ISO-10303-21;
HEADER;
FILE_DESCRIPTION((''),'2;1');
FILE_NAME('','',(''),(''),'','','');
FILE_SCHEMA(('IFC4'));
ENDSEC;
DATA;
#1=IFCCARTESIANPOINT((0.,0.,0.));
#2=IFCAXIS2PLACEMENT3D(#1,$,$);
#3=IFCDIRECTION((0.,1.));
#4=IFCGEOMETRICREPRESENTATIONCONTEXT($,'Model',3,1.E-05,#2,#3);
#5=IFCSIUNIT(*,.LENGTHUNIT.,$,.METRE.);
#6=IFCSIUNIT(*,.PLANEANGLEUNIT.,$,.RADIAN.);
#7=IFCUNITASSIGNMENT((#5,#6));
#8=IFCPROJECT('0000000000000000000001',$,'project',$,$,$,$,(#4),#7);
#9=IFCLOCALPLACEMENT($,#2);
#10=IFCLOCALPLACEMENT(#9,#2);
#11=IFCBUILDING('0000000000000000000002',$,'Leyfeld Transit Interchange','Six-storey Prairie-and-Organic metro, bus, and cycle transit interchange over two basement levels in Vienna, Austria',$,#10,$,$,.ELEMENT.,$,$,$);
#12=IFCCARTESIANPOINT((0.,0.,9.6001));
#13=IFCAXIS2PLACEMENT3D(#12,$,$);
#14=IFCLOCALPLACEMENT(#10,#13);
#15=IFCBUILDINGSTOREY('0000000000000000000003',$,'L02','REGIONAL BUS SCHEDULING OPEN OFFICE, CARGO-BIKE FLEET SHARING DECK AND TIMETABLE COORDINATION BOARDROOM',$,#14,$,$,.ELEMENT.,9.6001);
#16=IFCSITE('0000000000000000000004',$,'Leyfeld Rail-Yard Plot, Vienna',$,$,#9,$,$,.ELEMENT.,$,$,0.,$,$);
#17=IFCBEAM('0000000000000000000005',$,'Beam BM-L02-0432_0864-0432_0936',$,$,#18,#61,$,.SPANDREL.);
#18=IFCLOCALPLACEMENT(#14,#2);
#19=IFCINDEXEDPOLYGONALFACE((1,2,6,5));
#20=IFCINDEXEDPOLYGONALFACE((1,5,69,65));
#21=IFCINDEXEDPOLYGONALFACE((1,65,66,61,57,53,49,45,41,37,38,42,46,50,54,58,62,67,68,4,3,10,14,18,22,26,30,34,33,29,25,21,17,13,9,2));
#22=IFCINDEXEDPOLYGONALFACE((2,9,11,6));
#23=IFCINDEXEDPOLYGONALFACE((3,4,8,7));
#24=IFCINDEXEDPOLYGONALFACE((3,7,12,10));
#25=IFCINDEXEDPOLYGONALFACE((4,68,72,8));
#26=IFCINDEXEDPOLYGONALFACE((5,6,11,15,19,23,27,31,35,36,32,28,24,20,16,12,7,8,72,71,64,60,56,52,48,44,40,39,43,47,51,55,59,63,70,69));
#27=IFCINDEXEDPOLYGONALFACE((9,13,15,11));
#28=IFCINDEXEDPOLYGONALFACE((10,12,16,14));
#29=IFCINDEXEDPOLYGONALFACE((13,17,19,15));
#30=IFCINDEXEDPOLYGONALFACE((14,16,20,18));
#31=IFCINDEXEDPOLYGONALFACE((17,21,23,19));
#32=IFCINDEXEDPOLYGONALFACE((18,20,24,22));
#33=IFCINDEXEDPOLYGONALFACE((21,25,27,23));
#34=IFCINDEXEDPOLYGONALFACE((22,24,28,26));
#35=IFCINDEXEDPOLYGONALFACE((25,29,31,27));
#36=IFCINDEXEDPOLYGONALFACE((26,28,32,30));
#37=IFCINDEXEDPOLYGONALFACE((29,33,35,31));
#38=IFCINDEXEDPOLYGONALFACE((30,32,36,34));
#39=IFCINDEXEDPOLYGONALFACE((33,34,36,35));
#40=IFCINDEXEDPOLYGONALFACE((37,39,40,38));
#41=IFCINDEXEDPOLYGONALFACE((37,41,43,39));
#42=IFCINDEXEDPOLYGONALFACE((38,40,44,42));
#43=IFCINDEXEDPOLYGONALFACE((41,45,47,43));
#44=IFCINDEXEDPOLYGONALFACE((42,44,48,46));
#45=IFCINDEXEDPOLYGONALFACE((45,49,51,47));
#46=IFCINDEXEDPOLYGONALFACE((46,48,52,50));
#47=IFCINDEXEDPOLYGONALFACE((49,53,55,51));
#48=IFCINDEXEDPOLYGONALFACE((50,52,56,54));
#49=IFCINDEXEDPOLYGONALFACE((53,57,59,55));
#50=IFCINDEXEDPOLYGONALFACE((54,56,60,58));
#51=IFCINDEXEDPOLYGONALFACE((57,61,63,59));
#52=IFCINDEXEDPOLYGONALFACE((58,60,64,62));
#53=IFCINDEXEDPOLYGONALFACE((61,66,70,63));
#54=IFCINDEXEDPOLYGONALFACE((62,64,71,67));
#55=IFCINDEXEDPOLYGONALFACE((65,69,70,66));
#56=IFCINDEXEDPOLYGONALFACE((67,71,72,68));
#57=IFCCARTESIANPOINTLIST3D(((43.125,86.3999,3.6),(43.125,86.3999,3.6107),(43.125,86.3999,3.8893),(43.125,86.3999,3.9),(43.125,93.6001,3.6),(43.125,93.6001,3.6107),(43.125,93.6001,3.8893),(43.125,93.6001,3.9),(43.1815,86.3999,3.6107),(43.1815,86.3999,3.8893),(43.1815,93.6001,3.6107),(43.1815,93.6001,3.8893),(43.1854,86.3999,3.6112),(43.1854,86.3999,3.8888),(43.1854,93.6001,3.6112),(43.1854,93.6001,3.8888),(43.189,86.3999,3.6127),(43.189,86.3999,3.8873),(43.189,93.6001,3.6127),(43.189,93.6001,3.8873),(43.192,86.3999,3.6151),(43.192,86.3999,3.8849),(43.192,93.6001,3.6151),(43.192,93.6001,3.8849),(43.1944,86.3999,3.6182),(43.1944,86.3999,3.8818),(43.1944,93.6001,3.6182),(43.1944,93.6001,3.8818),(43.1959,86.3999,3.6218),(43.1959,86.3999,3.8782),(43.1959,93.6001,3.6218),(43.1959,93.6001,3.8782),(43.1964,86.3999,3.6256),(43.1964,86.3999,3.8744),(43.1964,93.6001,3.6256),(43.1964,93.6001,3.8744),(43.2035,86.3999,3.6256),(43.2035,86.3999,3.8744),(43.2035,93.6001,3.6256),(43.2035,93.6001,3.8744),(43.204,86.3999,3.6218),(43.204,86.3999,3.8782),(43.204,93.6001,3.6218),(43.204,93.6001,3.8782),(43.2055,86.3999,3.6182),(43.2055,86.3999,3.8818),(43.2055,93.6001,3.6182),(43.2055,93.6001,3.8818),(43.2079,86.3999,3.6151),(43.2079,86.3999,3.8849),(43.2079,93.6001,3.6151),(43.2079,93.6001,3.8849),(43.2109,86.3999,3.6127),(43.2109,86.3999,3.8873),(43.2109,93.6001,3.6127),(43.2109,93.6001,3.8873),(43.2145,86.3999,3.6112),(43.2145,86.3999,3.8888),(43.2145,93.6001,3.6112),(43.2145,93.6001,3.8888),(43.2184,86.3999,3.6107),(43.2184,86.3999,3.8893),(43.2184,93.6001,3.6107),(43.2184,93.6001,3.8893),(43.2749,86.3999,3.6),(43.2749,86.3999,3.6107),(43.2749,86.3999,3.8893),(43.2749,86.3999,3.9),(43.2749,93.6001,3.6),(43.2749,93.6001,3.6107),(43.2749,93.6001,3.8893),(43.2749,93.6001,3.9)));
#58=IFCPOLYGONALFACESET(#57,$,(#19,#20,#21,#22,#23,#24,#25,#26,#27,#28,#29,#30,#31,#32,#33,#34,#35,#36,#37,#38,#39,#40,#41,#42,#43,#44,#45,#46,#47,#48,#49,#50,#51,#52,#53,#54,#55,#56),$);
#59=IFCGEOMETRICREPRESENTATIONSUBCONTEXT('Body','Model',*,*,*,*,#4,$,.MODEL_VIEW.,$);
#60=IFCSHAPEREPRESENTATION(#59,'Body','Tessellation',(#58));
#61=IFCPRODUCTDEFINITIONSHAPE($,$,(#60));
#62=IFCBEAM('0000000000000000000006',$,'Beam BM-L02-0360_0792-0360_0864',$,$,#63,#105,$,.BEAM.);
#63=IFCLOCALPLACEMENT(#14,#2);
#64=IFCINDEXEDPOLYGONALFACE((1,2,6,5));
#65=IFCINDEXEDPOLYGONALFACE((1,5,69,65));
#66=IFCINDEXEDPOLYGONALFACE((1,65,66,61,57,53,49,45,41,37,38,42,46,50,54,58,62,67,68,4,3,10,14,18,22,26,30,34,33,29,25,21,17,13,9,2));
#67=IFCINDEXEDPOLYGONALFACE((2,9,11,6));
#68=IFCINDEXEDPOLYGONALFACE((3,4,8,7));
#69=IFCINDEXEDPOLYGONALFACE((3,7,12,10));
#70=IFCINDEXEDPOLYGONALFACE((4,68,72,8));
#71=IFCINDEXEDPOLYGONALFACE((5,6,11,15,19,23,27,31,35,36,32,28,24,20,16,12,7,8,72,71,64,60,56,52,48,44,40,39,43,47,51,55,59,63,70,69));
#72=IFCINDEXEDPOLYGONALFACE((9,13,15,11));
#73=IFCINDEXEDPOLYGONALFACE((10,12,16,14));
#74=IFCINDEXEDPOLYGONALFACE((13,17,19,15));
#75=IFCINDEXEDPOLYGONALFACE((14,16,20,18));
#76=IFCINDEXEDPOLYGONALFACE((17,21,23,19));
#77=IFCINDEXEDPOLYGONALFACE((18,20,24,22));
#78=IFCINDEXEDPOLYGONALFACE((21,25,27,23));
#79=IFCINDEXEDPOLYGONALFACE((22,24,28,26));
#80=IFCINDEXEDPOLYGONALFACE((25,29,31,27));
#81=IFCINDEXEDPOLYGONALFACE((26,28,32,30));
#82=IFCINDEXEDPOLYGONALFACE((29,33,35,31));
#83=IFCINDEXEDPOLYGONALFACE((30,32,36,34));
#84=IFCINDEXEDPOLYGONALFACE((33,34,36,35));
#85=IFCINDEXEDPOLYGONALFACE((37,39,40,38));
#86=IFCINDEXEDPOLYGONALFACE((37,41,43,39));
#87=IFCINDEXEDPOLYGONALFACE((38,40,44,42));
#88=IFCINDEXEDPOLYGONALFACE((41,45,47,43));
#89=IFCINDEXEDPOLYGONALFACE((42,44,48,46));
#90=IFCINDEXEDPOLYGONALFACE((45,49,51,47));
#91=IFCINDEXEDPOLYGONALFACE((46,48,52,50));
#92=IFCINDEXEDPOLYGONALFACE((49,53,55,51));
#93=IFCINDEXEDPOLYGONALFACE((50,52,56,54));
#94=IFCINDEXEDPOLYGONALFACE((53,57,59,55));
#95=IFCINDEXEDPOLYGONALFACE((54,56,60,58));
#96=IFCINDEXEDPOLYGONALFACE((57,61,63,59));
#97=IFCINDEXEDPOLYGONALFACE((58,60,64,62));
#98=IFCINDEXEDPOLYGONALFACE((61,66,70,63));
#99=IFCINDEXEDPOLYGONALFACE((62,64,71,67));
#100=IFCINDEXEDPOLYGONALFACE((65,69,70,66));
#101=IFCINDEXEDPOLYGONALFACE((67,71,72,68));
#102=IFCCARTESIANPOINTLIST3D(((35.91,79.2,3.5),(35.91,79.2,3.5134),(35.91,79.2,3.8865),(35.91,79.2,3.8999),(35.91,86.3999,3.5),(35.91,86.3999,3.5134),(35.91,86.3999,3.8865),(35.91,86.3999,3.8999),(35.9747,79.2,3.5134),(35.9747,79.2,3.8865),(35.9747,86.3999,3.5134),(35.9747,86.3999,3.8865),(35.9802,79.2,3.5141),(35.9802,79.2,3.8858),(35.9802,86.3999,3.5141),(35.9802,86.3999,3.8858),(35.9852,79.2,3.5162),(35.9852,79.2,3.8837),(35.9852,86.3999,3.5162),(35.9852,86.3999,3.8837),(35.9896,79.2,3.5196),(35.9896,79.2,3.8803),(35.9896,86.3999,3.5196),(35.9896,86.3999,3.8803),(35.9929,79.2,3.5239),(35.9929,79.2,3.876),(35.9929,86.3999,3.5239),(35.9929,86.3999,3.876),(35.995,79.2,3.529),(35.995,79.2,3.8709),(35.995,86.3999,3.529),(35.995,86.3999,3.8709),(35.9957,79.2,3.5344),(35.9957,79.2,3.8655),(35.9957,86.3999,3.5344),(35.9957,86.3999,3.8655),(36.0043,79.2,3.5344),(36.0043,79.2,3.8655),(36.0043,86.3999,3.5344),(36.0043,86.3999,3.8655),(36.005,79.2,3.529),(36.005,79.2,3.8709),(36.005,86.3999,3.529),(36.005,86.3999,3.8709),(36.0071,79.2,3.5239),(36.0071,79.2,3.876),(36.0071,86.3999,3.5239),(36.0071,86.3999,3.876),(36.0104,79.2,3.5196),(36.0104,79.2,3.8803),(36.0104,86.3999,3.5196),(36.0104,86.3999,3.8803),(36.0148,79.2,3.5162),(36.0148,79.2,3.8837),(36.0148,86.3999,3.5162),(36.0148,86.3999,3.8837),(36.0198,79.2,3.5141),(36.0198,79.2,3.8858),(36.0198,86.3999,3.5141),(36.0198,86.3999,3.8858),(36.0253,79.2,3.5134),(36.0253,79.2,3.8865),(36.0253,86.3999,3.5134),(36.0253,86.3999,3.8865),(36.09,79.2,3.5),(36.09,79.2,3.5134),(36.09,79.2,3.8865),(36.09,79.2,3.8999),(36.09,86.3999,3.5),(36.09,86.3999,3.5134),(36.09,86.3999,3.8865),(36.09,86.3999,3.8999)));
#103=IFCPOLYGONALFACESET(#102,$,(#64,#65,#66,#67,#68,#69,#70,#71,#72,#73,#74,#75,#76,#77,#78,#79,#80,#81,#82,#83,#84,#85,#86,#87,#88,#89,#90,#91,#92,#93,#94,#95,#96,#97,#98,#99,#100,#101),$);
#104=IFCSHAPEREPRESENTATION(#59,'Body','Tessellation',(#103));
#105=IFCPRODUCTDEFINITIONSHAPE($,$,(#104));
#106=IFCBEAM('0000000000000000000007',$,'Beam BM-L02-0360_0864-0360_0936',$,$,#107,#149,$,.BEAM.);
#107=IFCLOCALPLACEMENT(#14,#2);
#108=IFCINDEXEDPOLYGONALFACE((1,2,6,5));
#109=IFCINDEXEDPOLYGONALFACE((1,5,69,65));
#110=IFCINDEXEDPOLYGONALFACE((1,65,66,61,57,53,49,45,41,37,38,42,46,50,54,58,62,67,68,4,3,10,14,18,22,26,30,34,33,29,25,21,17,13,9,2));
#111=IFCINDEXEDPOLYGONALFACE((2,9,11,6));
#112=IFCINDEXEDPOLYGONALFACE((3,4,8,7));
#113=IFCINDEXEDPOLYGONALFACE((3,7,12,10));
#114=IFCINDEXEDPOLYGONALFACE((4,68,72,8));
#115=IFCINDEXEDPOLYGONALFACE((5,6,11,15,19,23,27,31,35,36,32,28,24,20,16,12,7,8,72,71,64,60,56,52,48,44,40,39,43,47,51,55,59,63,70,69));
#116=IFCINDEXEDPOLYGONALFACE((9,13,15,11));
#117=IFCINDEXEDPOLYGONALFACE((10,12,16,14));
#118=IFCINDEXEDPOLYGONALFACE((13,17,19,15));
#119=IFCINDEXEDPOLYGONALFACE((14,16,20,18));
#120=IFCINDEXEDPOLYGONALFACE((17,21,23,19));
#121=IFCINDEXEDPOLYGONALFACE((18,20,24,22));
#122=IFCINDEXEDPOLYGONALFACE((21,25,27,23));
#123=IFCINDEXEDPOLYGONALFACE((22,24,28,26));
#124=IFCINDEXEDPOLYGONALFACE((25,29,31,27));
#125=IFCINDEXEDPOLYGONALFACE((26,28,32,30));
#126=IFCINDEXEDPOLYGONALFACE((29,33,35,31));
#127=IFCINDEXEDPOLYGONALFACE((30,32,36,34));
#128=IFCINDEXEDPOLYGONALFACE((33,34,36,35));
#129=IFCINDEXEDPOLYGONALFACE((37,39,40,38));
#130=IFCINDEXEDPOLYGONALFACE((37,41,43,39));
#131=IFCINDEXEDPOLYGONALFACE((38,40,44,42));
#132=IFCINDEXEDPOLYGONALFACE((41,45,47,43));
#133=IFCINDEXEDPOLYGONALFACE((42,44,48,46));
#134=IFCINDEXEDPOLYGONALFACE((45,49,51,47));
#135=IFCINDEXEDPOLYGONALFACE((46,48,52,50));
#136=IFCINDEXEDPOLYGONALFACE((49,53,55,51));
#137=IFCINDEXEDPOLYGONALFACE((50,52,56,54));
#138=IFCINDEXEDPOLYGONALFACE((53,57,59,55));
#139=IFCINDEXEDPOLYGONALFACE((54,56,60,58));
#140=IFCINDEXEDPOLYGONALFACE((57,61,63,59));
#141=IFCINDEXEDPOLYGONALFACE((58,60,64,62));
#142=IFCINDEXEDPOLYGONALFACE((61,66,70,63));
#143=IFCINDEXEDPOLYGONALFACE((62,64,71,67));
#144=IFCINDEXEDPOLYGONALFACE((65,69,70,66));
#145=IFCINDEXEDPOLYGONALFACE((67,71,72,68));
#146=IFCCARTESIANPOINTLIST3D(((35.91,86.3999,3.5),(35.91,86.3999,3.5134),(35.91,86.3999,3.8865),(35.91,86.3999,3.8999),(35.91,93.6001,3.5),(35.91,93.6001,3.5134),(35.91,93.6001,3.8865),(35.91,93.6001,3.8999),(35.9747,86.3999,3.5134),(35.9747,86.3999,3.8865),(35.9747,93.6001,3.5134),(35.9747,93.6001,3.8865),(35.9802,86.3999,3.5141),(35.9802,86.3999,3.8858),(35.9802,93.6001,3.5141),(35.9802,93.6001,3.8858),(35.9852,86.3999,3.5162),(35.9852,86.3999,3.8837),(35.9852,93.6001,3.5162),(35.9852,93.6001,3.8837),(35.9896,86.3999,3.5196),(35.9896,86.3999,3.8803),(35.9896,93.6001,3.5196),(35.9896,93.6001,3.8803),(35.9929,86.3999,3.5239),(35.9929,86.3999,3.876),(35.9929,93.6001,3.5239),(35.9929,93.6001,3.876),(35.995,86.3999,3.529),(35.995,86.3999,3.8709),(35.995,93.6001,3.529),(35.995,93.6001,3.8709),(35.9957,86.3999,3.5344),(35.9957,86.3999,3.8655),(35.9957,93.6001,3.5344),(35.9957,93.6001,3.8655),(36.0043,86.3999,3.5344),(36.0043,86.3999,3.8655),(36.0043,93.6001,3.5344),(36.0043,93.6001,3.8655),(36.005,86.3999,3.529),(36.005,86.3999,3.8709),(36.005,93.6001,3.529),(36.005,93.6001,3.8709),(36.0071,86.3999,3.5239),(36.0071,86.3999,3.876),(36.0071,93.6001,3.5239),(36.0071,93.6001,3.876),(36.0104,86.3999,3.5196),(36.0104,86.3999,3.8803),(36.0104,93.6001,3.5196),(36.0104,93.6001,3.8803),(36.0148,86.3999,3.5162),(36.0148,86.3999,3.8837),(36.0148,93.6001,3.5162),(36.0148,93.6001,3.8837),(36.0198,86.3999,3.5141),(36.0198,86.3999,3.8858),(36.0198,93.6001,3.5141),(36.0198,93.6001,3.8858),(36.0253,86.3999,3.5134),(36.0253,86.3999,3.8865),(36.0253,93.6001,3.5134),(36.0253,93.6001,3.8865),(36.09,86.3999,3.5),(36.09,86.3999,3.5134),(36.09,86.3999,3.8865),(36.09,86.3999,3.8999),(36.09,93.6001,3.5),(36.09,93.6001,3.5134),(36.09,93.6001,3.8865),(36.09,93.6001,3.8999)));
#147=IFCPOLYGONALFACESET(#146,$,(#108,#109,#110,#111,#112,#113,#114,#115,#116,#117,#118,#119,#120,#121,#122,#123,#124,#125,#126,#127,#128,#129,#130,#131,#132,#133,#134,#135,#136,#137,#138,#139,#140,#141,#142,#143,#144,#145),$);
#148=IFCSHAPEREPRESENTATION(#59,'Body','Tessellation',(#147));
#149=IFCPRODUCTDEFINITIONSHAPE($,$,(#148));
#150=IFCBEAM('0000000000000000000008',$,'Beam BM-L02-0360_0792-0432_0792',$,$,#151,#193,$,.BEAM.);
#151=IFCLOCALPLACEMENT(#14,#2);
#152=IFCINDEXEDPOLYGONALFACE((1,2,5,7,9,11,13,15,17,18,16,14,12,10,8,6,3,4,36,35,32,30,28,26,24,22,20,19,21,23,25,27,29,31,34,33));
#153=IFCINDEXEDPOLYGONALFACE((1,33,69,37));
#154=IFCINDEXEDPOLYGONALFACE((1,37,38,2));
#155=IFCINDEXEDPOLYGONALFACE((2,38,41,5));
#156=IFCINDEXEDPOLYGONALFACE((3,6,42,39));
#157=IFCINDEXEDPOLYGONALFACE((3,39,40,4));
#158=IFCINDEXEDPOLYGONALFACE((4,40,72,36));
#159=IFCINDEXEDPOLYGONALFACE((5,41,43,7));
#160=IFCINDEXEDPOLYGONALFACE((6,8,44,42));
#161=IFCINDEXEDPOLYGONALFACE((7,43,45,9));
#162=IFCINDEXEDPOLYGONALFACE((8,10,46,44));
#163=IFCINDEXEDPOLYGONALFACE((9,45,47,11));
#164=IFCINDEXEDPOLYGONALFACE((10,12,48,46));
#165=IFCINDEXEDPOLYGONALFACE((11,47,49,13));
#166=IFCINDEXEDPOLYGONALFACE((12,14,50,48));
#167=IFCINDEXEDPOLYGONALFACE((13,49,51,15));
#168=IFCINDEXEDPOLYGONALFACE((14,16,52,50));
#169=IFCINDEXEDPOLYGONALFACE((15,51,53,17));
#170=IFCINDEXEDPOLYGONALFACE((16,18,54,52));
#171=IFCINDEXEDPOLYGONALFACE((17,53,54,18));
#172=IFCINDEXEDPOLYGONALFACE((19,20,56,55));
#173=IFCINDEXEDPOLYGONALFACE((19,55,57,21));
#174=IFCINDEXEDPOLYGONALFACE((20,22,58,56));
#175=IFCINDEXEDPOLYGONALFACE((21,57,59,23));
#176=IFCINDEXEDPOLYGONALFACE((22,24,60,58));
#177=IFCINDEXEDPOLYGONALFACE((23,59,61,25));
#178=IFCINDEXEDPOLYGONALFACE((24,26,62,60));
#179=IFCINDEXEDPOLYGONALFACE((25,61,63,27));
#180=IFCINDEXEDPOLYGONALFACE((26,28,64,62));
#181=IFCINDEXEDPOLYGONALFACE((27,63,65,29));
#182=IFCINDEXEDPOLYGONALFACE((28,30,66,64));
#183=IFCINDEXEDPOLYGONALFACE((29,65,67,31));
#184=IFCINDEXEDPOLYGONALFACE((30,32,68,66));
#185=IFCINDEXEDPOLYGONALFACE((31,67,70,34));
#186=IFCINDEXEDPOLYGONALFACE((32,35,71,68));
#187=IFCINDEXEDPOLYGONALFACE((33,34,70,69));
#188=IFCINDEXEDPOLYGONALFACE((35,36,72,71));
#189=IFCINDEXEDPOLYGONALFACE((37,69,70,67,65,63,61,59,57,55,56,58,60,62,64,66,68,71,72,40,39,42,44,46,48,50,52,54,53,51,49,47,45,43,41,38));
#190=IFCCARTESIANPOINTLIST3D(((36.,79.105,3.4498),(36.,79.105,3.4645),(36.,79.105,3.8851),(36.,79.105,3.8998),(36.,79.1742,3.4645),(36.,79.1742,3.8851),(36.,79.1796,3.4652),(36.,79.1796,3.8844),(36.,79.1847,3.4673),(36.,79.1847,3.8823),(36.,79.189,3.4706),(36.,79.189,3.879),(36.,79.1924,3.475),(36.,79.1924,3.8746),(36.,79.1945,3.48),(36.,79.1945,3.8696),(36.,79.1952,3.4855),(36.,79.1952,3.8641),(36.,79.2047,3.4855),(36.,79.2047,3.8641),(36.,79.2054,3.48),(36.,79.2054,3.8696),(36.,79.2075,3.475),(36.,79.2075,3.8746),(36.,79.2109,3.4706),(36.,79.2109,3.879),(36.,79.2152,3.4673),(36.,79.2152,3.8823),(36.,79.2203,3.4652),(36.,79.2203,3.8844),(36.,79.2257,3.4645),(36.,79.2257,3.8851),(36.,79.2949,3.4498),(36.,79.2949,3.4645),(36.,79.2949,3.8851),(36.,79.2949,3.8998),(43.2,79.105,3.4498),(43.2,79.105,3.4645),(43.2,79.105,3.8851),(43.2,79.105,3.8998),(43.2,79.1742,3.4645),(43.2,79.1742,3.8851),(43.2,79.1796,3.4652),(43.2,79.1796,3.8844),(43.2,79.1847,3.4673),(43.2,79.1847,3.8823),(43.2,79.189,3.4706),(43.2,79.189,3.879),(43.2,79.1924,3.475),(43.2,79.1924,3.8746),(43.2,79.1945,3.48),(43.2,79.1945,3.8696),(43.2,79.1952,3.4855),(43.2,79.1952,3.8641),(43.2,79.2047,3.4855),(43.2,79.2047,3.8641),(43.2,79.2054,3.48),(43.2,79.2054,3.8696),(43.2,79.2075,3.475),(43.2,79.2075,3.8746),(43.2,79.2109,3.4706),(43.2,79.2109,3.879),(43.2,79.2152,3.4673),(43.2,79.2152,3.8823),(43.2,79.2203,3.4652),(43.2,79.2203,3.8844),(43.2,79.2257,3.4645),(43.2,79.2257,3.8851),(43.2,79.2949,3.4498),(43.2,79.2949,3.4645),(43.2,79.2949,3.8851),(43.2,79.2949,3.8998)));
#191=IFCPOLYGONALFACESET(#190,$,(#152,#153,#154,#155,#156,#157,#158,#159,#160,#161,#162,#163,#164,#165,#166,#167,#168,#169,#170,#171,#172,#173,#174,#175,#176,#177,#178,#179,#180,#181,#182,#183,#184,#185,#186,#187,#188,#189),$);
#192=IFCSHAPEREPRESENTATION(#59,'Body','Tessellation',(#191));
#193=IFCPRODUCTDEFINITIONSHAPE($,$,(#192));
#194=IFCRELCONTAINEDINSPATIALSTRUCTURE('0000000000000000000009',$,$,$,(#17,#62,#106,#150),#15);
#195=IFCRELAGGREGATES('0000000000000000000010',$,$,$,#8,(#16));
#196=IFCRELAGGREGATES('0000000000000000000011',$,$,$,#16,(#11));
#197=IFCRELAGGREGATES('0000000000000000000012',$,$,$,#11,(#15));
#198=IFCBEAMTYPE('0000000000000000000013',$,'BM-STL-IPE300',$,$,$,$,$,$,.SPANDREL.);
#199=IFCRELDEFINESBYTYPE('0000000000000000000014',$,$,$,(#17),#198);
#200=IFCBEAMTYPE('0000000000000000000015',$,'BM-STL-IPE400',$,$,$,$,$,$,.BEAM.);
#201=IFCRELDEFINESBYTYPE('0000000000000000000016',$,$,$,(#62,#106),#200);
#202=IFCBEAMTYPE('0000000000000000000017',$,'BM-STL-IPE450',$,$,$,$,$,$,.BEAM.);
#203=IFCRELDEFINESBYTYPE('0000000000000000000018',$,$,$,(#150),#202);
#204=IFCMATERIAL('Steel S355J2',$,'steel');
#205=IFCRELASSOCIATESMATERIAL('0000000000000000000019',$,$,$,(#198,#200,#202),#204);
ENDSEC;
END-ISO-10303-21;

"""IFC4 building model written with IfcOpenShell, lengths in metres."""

from ifc_helpers import new_model, si_unit, direction, frame, origin, origin_2d, place, context, subcontext, project, spatial, i_section, extrude, material, material_profile, profile_set, type_object, element, save


model = new_model("IFC4")

# Units and contexts
model_context = context("Model", 3, precision=1e-05, world=origin(), true_north=direction((0.0, 1.0)))
body_context = subcontext(model_context, "Body", "Model", "MODEL_VIEW")
ifc_project = project(units=[si_unit("LENGTHUNIT", "METRE"), si_unit("PLANEANGLEUNIT", "RADIAN")], contexts=[model_context])

# Site, building, storey
site_placement = place(None, origin())
site = spatial("IfcSite", under=ifc_project, at=site_placement, Name="Leyfeld Rail-Yard Plot, Vienna", CompositionType="ELEMENT", RefElevation=0.0)
building_placement = place(site_placement, origin())
building = spatial("IfcBuilding", under=site, at=building_placement, Name="Leyfeld Transit Interchange", Description="Six-storey Prairie-and-Organic metro, bus, and cycle transit interchange over two basement levels in Vienna, Austria", CompositionType="ELEMENT")
storey_placement = place(building_placement, frame((0.0, 0.0, 9.6001)))
storey = spatial("IfcBuildingStorey", under=building, at=storey_placement, Name="L02", Description="REGIONAL BUS SCHEDULING OPEN OFFICE, CARGO-BIKE FLEET SHARING DECK AND TIMETABLE COORDINATION BOARDROOM", CompositionType="ELEMENT", Elevation=9.6001)

# Beams
ifc_material_1 = material(Name="Steel S355J2", Category="steel")
ifc_material_profile_1 = material_profile(ifc_material_1, i_section(OverallWidth=0.1499, OverallDepth=0.3, WebThickness=0.0071, FlangeThickness=0.0107, FilletRadius=0.0149, at=origin_2d()), Name="IPE 300")
ifc_profile_set_1 = profile_set([ifc_material_profile_1], Name="Steel S355J2")
beam_type_1 = type_object("IfcBeamType", Name="BM-STL-IPE300", PredefinedType="SPANDREL", material=ifc_profile_set_1)
beam_1_placement = place(storey_placement, frame((43.2, 86.3999, 3.75), z_axis=(0.0, 1.0, 0.0), x_axis=(-1.0, 0.0, 0.0)))
element("IfcBeam", 1, at=beam_1_placement, inside=storey, type_object=beam_type_1, Name="Beam BM-L02-0432_0864-0432_0936", PredefinedType="SPANDREL", context=body_context, shape_type="SweptSolid", body=[
    extrude(i_section(OverallWidth=0.1499, OverallDepth=0.3, WebThickness=0.0071, FlangeThickness=0.0107, FilletRadius=0.0149, at=origin_2d()), origin(), (0.0, 0.0, 1.0), 7.2002),
])
ifc_material_profile_2 = material_profile(ifc_material_1, i_section(OverallWidth=0.1799, OverallDepth=0.3999, WebThickness=0.0085, FlangeThickness=0.0134, FilletRadius=0.021, at=origin_2d()), Name="IPE 400")
ifc_profile_set_2 = profile_set([ifc_material_profile_2], Name="Steel S355J2")
beam_type_2 = type_object("IfcBeamType", Name="BM-STL-IPE400", PredefinedType="BEAM", material=ifc_profile_set_2)
beam_2_placement = place(storey_placement, frame((36.0, 79.2, 3.7), z_axis=(0.0, 1.0, 0.0), x_axis=(-1.0, 0.0, 0.0)))
element("IfcBeam", 2, at=beam_2_placement, inside=storey, type_object=beam_type_2, Name="Beam BM-L02-0360_0792-0360_0864", PredefinedType="BEAM", context=body_context, shape_type="SweptSolid", body=[
    extrude(i_section(OverallWidth=0.1799, OverallDepth=0.3999, WebThickness=0.0085, FlangeThickness=0.0134, FilletRadius=0.021, at=origin_2d()), origin(), (0.0, 0.0, 1.0), 7.2),
])
beam_3_placement = place(storey_placement, frame((36.0, 86.3999, 3.7), z_axis=(0.0, 1.0, 0.0), x_axis=(-1.0, 0.0, 0.0)))
element("IfcBeam", 3, at=beam_3_placement, inside=storey, type_object=beam_type_2, Name="Beam BM-L02-0360_0864-0360_0936", PredefinedType="BEAM", context=body_context, shape_type="SweptSolid", body=[
    extrude(i_section(OverallWidth=0.1799, OverallDepth=0.3999, WebThickness=0.0085, FlangeThickness=0.0134, FilletRadius=0.021, at=origin_2d()), origin(), (0.0, 0.0, 1.0), 7.2002),
])
ifc_material_profile_3 = material_profile(ifc_material_1, i_section(OverallWidth=0.1899, OverallDepth=0.45, WebThickness=0.0095, FlangeThickness=0.0146, FilletRadius=0.021, at=origin_2d()), Name="IPE 450")
ifc_profile_set_3 = profile_set([ifc_material_profile_3], Name="Steel S355J2")
beam_type_3 = type_object("IfcBeamType", Name="BM-STL-IPE450", PredefinedType="BEAM", material=ifc_profile_set_3)
for number, where, z_axis, x_axis, name in (
    (4, (36.0, 79.2, 3.6748), (1.0, 0.0, 0.0), (0.0, 1.0, 0.0), "Beam BM-L02-0360_0792-0432_0792"),
):
    element("IfcBeam", number, at=place(storey_placement, frame(where, z_axis=z_axis, x_axis=x_axis)), inside=storey, type_object=beam_type_3, Name=name, PredefinedType="BEAM", context=body_context, shape_type="SweptSolid", body=[
        extrude(i_section(OverallWidth=0.1899, OverallDepth=0.45, WebThickness=0.0095, FlangeThickness=0.0146, FilletRadius=0.021, at=origin_2d()), origin(), (0.0, 0.0, 1.0), 7.2),
    ])

save(model, "model.ifc")
